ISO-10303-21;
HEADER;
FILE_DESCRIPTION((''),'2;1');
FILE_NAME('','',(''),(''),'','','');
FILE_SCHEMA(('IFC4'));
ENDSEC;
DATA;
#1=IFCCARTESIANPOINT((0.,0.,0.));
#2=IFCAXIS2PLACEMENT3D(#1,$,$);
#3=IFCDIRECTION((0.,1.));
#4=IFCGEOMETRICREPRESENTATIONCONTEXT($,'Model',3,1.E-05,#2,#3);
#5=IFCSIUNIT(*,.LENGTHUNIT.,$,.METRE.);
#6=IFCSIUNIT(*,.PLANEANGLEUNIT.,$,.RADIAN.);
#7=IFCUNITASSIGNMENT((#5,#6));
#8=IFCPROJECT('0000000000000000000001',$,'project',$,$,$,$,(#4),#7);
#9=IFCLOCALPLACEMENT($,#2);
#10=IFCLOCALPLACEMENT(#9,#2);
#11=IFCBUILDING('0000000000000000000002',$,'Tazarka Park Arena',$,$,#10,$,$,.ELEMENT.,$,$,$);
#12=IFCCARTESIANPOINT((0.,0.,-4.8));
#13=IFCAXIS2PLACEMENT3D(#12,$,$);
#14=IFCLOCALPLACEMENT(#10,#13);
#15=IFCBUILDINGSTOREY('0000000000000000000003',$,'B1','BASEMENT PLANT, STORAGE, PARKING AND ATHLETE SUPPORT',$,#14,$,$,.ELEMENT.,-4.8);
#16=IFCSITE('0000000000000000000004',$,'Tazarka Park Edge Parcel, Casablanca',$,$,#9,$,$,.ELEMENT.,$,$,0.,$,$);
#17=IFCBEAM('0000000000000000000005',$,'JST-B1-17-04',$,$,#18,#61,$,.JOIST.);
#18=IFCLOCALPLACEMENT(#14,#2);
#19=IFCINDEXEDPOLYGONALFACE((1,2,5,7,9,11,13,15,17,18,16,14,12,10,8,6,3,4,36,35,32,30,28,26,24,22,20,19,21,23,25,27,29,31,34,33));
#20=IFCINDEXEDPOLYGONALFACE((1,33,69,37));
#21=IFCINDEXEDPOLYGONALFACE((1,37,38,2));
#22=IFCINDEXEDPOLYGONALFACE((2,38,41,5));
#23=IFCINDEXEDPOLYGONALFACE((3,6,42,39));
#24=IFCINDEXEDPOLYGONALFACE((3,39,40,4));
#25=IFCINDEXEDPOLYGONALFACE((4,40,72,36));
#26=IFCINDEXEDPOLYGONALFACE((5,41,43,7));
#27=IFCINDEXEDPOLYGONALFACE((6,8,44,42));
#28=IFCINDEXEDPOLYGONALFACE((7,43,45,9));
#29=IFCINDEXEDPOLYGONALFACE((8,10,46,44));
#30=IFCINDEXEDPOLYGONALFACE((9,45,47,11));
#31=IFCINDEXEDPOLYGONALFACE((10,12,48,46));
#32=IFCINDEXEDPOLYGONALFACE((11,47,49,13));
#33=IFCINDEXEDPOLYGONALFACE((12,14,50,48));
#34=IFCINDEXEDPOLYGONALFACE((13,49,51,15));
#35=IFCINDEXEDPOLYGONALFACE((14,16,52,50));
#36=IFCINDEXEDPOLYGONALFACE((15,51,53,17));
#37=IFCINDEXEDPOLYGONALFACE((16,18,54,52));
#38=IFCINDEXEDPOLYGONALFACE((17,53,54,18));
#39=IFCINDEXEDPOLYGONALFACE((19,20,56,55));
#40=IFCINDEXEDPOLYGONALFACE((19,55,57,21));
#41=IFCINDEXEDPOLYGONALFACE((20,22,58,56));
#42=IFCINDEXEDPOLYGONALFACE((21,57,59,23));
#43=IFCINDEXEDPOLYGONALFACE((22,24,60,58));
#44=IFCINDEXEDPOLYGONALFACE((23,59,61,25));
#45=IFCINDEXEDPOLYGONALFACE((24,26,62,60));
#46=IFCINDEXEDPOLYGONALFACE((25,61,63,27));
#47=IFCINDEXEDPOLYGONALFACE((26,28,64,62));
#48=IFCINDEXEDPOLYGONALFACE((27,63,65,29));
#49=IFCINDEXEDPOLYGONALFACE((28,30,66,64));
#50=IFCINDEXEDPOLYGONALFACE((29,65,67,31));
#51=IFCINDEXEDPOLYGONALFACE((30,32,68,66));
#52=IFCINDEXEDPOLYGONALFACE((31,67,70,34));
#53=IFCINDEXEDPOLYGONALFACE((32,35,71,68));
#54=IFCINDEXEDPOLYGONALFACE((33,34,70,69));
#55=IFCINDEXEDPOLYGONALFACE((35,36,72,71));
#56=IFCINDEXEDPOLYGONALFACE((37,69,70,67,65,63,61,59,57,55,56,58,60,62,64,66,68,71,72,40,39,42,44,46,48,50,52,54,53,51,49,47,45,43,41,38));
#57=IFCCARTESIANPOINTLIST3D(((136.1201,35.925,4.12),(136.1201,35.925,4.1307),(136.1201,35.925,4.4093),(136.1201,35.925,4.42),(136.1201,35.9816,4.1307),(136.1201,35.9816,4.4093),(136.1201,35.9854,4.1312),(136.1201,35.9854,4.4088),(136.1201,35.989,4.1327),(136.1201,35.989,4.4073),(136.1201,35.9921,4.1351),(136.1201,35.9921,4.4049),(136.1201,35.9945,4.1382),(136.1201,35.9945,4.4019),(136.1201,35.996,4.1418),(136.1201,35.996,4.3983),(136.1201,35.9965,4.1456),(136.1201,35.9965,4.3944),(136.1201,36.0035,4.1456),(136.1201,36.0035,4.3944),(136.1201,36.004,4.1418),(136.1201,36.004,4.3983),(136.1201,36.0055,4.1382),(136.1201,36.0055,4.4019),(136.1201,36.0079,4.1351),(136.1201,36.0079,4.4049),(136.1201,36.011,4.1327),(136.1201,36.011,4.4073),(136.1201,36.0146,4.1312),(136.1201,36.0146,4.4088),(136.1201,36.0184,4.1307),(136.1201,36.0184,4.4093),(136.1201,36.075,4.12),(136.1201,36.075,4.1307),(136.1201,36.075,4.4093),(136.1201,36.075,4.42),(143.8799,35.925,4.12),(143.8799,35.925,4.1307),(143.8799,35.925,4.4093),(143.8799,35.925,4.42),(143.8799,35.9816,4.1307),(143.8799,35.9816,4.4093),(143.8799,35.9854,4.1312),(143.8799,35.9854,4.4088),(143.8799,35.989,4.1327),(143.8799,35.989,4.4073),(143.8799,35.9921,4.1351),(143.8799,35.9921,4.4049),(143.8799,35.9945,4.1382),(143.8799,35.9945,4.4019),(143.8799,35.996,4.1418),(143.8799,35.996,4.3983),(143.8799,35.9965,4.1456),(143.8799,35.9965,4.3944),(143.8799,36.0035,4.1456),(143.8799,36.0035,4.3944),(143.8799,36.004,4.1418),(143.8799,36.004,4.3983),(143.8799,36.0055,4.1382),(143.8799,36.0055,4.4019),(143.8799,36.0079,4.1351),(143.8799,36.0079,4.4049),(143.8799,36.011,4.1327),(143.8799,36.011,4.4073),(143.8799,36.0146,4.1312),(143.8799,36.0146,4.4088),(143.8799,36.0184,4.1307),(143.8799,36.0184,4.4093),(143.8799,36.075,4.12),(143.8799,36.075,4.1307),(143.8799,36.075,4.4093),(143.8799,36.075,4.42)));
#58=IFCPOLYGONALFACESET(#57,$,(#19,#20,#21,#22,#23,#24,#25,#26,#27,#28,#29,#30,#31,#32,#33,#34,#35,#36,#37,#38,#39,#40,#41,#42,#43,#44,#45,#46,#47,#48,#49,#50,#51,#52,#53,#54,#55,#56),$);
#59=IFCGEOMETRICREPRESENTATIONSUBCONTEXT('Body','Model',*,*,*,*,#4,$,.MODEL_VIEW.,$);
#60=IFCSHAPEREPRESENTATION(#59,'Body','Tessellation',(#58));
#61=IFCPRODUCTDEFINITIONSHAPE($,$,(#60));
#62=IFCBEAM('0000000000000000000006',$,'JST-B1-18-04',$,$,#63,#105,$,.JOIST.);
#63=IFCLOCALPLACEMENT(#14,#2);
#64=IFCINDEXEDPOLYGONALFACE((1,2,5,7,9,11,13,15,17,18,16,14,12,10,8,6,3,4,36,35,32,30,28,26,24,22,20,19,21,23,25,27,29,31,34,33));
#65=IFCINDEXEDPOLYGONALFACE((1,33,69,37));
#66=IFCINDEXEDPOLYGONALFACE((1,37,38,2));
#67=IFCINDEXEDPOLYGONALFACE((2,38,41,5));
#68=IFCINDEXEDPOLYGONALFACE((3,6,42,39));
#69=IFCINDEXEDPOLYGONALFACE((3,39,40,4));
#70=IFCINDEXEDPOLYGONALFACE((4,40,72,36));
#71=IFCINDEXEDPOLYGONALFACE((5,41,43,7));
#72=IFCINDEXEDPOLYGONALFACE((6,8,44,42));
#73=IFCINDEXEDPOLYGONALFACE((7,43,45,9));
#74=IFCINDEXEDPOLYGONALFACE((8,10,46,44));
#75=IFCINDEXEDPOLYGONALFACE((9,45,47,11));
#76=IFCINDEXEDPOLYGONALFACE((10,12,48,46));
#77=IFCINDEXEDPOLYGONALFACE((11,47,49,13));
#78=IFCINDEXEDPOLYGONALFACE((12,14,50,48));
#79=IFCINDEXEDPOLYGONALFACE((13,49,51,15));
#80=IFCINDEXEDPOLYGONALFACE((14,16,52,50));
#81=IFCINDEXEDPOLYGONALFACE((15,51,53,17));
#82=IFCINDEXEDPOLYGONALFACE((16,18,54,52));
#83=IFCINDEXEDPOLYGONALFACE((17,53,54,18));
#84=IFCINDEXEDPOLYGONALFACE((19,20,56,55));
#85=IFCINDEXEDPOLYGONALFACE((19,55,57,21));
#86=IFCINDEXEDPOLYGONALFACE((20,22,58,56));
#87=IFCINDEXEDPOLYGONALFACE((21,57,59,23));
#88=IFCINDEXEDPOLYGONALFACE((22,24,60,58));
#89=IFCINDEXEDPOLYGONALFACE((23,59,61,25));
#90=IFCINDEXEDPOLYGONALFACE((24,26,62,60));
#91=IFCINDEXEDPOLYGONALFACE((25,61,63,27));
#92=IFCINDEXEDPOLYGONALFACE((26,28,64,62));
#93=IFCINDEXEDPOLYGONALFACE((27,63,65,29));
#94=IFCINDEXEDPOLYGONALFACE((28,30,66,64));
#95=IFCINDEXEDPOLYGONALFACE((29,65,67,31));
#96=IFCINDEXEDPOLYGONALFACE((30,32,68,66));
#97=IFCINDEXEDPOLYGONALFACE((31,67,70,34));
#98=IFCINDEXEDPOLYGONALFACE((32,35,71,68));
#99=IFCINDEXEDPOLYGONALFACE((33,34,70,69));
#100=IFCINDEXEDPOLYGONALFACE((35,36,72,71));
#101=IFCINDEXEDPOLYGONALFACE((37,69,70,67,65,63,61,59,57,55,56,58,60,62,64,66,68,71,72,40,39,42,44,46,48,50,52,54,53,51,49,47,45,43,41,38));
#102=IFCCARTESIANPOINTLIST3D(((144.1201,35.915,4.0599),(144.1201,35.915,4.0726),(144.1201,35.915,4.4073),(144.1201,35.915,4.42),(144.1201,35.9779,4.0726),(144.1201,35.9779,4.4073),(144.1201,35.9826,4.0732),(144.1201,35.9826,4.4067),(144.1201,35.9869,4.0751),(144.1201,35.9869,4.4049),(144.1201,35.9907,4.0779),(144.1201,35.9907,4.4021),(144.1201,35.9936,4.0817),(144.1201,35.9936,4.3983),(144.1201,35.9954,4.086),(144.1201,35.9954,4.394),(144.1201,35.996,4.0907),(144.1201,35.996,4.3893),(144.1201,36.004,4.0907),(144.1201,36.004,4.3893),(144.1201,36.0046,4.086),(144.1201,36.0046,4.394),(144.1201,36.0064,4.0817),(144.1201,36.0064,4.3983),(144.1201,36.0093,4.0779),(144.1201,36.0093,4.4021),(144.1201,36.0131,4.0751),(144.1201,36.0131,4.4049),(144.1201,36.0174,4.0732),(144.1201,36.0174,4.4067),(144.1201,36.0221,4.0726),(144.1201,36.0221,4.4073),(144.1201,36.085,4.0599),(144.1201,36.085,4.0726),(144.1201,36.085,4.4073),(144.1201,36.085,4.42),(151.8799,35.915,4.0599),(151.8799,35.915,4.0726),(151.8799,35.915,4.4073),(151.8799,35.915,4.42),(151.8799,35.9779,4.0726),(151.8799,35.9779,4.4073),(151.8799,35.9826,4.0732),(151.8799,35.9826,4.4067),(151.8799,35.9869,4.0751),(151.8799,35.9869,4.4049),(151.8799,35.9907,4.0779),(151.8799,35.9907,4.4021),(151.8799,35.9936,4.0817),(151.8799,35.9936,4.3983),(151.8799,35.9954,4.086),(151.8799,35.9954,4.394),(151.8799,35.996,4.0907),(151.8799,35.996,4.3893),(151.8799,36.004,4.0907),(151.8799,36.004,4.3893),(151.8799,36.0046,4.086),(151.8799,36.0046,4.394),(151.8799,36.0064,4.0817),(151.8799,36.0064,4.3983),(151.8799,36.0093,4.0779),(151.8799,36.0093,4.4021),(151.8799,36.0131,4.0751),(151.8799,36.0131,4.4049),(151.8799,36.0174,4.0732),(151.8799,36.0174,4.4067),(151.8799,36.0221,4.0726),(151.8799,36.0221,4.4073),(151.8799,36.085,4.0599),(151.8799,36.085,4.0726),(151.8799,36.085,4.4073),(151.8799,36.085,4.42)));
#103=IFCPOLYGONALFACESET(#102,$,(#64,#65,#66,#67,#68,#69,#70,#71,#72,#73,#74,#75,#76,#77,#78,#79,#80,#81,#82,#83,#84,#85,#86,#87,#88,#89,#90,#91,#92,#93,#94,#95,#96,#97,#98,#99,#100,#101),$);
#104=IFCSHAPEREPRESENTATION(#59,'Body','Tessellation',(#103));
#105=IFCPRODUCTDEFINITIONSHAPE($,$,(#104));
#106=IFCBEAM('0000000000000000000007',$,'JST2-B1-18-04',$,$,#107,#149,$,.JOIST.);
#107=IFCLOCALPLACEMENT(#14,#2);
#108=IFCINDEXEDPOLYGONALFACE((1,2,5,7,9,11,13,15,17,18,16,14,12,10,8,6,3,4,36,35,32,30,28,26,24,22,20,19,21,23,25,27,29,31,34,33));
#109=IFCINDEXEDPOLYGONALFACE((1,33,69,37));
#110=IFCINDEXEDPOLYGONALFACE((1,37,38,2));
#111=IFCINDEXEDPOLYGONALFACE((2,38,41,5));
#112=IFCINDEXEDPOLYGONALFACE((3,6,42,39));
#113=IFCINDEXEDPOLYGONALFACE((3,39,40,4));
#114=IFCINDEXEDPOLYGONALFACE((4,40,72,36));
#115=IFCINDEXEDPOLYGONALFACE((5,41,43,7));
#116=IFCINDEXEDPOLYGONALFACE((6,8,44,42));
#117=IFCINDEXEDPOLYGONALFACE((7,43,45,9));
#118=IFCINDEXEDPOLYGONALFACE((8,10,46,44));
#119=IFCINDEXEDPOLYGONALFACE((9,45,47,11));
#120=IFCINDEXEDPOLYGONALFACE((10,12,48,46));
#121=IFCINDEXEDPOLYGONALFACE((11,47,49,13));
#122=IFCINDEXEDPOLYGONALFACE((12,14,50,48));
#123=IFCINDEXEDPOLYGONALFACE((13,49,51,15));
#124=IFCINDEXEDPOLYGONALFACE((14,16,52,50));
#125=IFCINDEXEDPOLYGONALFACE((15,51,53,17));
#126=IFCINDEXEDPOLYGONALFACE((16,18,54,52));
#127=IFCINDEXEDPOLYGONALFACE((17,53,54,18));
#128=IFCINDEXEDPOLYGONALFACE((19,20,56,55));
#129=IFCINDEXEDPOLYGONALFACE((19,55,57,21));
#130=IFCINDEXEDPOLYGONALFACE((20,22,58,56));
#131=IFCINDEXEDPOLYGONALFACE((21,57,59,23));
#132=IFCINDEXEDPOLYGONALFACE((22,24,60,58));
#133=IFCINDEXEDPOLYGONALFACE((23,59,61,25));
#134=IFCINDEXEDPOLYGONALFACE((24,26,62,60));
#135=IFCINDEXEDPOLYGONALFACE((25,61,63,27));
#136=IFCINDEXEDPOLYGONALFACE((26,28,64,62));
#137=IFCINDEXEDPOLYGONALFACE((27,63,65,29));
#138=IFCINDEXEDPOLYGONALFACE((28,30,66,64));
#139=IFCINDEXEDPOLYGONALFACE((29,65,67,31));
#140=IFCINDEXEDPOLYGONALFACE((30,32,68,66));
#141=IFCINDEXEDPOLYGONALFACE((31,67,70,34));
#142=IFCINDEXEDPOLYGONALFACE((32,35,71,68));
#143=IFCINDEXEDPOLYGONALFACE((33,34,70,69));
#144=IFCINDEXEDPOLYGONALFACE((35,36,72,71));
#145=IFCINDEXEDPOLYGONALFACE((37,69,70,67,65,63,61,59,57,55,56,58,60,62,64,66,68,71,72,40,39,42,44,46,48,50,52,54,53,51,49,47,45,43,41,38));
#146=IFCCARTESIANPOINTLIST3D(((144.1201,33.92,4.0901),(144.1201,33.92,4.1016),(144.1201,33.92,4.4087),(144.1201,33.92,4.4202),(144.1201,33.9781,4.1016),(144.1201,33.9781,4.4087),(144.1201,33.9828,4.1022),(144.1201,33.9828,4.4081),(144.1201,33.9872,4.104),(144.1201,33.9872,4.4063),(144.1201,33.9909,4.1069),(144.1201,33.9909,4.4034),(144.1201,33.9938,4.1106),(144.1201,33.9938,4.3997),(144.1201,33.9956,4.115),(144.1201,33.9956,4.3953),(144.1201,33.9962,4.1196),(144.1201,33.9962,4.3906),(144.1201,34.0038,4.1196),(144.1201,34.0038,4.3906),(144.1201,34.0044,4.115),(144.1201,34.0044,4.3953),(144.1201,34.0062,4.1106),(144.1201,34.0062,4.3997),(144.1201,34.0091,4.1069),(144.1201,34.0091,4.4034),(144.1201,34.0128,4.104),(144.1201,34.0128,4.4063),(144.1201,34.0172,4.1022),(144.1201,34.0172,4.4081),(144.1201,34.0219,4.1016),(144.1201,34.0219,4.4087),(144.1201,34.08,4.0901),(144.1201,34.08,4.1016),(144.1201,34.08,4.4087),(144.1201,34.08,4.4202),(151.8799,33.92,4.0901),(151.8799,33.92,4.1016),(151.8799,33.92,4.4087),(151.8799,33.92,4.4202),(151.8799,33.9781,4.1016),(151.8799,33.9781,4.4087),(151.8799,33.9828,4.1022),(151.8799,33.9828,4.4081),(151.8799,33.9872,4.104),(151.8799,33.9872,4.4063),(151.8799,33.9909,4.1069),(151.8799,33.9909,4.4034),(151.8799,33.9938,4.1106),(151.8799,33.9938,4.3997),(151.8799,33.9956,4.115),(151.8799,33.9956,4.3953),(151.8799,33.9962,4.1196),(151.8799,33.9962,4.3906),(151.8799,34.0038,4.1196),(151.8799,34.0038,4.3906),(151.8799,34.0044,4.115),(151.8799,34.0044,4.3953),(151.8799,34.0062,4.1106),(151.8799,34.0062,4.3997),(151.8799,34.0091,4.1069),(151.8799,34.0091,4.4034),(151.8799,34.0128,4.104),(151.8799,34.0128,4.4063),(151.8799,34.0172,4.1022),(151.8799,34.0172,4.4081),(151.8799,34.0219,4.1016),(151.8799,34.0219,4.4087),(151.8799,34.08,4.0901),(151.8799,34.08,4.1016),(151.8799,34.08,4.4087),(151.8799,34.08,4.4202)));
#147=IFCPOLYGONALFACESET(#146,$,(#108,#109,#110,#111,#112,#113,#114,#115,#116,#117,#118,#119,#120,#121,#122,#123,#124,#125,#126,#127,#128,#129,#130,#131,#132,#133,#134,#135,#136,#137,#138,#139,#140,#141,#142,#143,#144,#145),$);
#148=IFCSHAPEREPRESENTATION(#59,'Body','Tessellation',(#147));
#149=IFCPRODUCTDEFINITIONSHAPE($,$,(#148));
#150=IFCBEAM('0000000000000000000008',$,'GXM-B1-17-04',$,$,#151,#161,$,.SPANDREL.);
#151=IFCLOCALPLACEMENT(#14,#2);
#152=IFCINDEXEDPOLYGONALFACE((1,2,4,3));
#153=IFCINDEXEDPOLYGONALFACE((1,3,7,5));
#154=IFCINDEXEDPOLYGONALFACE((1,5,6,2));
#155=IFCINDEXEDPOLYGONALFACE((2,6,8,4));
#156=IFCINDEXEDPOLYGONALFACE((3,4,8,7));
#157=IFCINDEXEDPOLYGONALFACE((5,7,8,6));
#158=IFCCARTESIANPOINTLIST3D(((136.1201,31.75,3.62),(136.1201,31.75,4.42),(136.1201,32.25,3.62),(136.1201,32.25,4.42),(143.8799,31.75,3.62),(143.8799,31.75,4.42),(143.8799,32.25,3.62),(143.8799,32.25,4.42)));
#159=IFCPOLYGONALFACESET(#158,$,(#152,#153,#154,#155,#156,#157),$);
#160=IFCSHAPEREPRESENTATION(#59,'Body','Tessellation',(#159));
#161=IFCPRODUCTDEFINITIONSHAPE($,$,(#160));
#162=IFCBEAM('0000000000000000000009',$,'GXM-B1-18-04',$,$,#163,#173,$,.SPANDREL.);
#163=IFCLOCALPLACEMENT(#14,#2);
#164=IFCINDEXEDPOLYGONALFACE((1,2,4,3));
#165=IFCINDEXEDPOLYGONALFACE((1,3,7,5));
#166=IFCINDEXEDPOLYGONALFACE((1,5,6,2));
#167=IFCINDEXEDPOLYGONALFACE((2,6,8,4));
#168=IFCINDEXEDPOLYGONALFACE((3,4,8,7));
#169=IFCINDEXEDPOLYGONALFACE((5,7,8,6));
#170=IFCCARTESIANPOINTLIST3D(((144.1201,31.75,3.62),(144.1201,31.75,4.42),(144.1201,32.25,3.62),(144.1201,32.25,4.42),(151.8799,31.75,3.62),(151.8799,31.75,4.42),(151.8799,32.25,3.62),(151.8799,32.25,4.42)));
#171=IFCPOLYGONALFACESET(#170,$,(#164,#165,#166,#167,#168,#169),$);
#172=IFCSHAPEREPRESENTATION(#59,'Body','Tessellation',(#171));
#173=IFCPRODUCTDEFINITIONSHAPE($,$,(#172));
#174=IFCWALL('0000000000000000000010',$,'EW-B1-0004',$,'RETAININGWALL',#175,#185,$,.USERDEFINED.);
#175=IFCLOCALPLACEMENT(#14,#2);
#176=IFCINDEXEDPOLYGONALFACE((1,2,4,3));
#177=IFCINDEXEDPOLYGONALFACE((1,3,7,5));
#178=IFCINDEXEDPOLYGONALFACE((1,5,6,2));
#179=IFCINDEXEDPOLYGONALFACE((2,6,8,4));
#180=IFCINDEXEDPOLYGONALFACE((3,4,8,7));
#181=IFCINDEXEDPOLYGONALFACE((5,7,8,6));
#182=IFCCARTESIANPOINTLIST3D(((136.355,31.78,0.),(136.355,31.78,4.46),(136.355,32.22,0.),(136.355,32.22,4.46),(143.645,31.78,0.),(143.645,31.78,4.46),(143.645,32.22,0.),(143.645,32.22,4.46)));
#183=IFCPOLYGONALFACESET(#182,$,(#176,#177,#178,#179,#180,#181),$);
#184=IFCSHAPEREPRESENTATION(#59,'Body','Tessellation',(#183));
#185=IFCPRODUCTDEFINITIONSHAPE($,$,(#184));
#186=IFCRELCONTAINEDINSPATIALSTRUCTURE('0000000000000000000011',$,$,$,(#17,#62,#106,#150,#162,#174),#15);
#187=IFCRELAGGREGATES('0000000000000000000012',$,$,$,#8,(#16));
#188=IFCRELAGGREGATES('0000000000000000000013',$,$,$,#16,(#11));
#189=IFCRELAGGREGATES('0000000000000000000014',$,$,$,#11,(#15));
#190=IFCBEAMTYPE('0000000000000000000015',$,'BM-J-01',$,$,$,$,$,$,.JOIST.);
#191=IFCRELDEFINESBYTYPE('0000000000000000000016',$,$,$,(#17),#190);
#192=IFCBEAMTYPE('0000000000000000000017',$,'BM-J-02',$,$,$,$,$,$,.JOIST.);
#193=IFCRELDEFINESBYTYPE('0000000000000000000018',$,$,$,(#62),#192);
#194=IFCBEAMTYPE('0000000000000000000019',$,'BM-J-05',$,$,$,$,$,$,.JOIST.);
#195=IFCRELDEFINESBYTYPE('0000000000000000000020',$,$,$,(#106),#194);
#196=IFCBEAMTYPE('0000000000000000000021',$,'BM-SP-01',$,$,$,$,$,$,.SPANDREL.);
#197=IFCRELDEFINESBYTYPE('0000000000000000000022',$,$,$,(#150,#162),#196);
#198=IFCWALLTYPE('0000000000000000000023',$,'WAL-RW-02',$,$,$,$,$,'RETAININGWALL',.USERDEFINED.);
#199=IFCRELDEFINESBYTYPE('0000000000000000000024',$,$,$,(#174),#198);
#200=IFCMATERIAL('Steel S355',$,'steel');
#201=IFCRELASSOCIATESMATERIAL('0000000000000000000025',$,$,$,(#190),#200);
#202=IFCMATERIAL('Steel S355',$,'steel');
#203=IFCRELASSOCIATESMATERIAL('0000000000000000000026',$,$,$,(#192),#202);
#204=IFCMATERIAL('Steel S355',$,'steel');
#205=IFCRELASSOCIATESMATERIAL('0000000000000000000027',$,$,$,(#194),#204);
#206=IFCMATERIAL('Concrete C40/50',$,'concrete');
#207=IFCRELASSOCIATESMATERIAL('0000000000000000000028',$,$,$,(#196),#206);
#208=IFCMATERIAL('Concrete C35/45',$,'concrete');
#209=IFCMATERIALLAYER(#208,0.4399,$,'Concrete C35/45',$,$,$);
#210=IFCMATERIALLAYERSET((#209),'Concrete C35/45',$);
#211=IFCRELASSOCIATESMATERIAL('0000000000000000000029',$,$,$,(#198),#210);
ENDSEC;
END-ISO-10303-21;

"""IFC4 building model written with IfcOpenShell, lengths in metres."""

from ifc_helpers import new_model, si_unit, direction, frame, frame_2d, origin, origin_2d, place, context, subcontext, project, spatial, rectangle, i_section, extrude, material, layer, layer_set, material_profile, profile_set, type_object, element, save


model = new_model("IFC4")

# Units and contexts
model_context = context("Model", 3, precision=1e-05, world=origin(), true_north=direction((0.0, 1.0)))
body_context = subcontext(model_context, "Body", "Model", "MODEL_VIEW")
ifc_project = project(units=[si_unit("LENGTHUNIT", "METRE"), si_unit("PLANEANGLEUNIT", "RADIAN")], contexts=[model_context])

# Site, building, storey
site_placement = place(None, origin())
site = spatial("IfcSite", under=ifc_project, at=site_placement, Name="Tazarka Park Edge Parcel, Casablanca", CompositionType="ELEMENT", RefElevation=0.0)
building_placement = place(site_placement, origin())
building = spatial("IfcBuilding", under=site, at=building_placement, Name="Tazarka Park Arena", CompositionType="ELEMENT")
storey_placement = place(building_placement, frame((0.0, 0.0, -4.8)))
storey = spatial("IfcBuildingStorey", under=building, at=storey_placement, Name="B1", Description="BASEMENT PLANT, STORAGE, PARKING AND ATHLETE SUPPORT", CompositionType="ELEMENT", Elevation=-4.8)

# Beams
ifc_material_1 = material(Name="Steel S355", Category="steel")
ifc_material_profile_1 = material_profile(ifc_material_1, i_section(OverallWidth=0.1499, OverallDepth=0.3, WebThickness=0.0071, FlangeThickness=0.0107, FilletRadius=0.0149, at=origin_2d()), Name="Steel S355")
ifc_profile_set_1 = profile_set([ifc_material_profile_1], Name="Steel S355")
beam_type_1 = type_object("IfcBeamType", Name="BM-J-01", PredefinedType="JOIST", material=ifc_profile_set_1)
beam_1_placement = place(storey_placement, frame((136.1201, 36.0, 4.27), z_axis=(1.0, 0.0, 0.0), x_axis=(0.0, 1.0, 0.0)))
element("IfcBeam", 1, at=beam_1_placement, inside=storey, type_object=beam_type_1, Name="JST-B1-17-04", PredefinedType="JOIST", context=body_context, shape_type="SweptSolid", body=[
    extrude(i_section(OverallWidth=0.1499, OverallDepth=0.3, WebThickness=0.0071, FlangeThickness=0.0107, FilletRadius=0.0149, at=origin_2d()), origin(), (0.0, 0.0, 1.0), 7.7598),
])
ifc_material_2 = material(Name="Steel S355", Category="steel")
ifc_material_profile_2 = material_profile(ifc_material_2, i_section(OverallWidth=0.1699, OverallDepth=0.3601, WebThickness=0.0081, FlangeThickness=0.0127, FilletRadius=0.0181, at=origin_2d()), Name="Steel S355")
ifc_profile_set_2 = profile_set([ifc_material_profile_2], Name="Steel S355")
beam_type_2 = type_object("IfcBeamType", Name="BM-J-02", PredefinedType="JOIST", material=ifc_profile_set_2)
beam_2_placement = place(storey_placement, frame((144.1201, 36.0, 4.24), z_axis=(1.0, 0.0, 0.0), x_axis=(0.0, 1.0, 0.0)))
element("IfcBeam", 2, at=beam_2_placement, inside=storey, type_object=beam_type_2, Name="JST-B1-18-04", PredefinedType="JOIST", context=body_context, shape_type="SweptSolid", body=[
    extrude(i_section(OverallWidth=0.1699, OverallDepth=0.3601, WebThickness=0.0081, FlangeThickness=0.0127, FilletRadius=0.0181, at=origin_2d()), origin(), (0.0, 0.0, 1.0), 7.7598),
])
ifc_material_3 = material(Name="Steel S355", Category="steel")
ifc_material_profile_3 = material_profile(ifc_material_3, i_section(OverallWidth=0.1599, OverallDepth=0.3301, WebThickness=0.0076, FlangeThickness=0.0115, FilletRadius=0.0181, at=origin_2d()), Name="Steel S355")
ifc_profile_set_3 = profile_set([ifc_material_profile_3], Name="Steel S355")
beam_type_3 = type_object("IfcBeamType", Name="BM-J-05", PredefinedType="JOIST", material=ifc_profile_set_3)
beam_3_placement = place(storey_placement, frame((144.1201, 34.0, 4.2551), z_axis=(1.0, 0.0, 0.0), x_axis=(0.0, 1.0, 0.0)))
element("IfcBeam", 3, at=beam_3_placement, inside=storey, type_object=beam_type_3, Name="JST2-B1-18-04", PredefinedType="JOIST", context=body_context, shape_type="SweptSolid", body=[
    extrude(i_section(OverallWidth=0.1599, OverallDepth=0.3301, WebThickness=0.0076, FlangeThickness=0.0115, FilletRadius=0.0181, at=origin_2d()), origin(), (0.0, 0.0, 1.0), 7.7598),
])
ifc_material_4 = material(Name="Concrete C40/50", Category="concrete")
ifc_material_profile_4 = material_profile(ifc_material_4, rectangle(XDim=0.5, YDim=0.8, at=origin_2d()), Name="Concrete C40/50")
ifc_profile_set_4 = profile_set([ifc_material_profile_4], Name="Concrete C40/50")
beam_type_4 = type_object("IfcBeamType", Name="BM-SP-01", PredefinedType="SPANDREL", material=ifc_profile_set_4)
for number, where, z_axis, x_axis, name in (
    (4, (136.1201, 32.0, 4.02), (1.0, 0.0, 0.0), (0.0, 1.0, 0.0), "GXM-B1-17-04"),
    (5, (144.1201, 32.0, 4.02), (1.0, 0.0, 0.0), (0.0, 1.0, 0.0), "GXM-B1-18-04"),
):
    element("IfcBeam", number, at=place(storey_placement, frame(where, z_axis=z_axis, x_axis=x_axis)), inside=storey, type_object=beam_type_4, Name=name, PredefinedType="SPANDREL", context=body_context, shape_type="SweptSolid", body=[
        extrude(rectangle(XDim=0.5, YDim=0.8, at=origin_2d()), origin(), (0.0, 0.0, 1.0), 7.7598),
    ])

# Wall
ifc_material_5 = material(Name="Concrete C35/45", Category="concrete")
ifc_layer_1 = layer(ifc_material_5, 0.4399, Name="Concrete C35/45")
ifc_layer_set_1 = layer_set([ifc_layer_1], Name="Concrete C35/45")
wall_type_1 = type_object("IfcWallType", Name="WAL-RW-02", ElementType="RETAININGWALL", PredefinedType="USERDEFINED", material=ifc_layer_set_1)
wall_1_placement = place(storey_placement, frame((143.645, 32.0, 0.0), z_axis=(0.0, 0.0, 1.0), x_axis=(-1.0, 0.0, 0.0)))
element("IfcWall", 6, at=wall_1_placement, inside=storey, type_object=wall_type_1, Name="EW-B1-0004", ObjectType="RETAININGWALL", PredefinedType="USERDEFINED", context=body_context, shape_type="SweptSolid", body=[
    extrude(rectangle(XDim=7.29, YDim=0.4399, at=frame_2d((3.645, 0.0))), origin(), (0.0, 0.0, 1.0), 4.46),
])

save(model, "model.ifc")
